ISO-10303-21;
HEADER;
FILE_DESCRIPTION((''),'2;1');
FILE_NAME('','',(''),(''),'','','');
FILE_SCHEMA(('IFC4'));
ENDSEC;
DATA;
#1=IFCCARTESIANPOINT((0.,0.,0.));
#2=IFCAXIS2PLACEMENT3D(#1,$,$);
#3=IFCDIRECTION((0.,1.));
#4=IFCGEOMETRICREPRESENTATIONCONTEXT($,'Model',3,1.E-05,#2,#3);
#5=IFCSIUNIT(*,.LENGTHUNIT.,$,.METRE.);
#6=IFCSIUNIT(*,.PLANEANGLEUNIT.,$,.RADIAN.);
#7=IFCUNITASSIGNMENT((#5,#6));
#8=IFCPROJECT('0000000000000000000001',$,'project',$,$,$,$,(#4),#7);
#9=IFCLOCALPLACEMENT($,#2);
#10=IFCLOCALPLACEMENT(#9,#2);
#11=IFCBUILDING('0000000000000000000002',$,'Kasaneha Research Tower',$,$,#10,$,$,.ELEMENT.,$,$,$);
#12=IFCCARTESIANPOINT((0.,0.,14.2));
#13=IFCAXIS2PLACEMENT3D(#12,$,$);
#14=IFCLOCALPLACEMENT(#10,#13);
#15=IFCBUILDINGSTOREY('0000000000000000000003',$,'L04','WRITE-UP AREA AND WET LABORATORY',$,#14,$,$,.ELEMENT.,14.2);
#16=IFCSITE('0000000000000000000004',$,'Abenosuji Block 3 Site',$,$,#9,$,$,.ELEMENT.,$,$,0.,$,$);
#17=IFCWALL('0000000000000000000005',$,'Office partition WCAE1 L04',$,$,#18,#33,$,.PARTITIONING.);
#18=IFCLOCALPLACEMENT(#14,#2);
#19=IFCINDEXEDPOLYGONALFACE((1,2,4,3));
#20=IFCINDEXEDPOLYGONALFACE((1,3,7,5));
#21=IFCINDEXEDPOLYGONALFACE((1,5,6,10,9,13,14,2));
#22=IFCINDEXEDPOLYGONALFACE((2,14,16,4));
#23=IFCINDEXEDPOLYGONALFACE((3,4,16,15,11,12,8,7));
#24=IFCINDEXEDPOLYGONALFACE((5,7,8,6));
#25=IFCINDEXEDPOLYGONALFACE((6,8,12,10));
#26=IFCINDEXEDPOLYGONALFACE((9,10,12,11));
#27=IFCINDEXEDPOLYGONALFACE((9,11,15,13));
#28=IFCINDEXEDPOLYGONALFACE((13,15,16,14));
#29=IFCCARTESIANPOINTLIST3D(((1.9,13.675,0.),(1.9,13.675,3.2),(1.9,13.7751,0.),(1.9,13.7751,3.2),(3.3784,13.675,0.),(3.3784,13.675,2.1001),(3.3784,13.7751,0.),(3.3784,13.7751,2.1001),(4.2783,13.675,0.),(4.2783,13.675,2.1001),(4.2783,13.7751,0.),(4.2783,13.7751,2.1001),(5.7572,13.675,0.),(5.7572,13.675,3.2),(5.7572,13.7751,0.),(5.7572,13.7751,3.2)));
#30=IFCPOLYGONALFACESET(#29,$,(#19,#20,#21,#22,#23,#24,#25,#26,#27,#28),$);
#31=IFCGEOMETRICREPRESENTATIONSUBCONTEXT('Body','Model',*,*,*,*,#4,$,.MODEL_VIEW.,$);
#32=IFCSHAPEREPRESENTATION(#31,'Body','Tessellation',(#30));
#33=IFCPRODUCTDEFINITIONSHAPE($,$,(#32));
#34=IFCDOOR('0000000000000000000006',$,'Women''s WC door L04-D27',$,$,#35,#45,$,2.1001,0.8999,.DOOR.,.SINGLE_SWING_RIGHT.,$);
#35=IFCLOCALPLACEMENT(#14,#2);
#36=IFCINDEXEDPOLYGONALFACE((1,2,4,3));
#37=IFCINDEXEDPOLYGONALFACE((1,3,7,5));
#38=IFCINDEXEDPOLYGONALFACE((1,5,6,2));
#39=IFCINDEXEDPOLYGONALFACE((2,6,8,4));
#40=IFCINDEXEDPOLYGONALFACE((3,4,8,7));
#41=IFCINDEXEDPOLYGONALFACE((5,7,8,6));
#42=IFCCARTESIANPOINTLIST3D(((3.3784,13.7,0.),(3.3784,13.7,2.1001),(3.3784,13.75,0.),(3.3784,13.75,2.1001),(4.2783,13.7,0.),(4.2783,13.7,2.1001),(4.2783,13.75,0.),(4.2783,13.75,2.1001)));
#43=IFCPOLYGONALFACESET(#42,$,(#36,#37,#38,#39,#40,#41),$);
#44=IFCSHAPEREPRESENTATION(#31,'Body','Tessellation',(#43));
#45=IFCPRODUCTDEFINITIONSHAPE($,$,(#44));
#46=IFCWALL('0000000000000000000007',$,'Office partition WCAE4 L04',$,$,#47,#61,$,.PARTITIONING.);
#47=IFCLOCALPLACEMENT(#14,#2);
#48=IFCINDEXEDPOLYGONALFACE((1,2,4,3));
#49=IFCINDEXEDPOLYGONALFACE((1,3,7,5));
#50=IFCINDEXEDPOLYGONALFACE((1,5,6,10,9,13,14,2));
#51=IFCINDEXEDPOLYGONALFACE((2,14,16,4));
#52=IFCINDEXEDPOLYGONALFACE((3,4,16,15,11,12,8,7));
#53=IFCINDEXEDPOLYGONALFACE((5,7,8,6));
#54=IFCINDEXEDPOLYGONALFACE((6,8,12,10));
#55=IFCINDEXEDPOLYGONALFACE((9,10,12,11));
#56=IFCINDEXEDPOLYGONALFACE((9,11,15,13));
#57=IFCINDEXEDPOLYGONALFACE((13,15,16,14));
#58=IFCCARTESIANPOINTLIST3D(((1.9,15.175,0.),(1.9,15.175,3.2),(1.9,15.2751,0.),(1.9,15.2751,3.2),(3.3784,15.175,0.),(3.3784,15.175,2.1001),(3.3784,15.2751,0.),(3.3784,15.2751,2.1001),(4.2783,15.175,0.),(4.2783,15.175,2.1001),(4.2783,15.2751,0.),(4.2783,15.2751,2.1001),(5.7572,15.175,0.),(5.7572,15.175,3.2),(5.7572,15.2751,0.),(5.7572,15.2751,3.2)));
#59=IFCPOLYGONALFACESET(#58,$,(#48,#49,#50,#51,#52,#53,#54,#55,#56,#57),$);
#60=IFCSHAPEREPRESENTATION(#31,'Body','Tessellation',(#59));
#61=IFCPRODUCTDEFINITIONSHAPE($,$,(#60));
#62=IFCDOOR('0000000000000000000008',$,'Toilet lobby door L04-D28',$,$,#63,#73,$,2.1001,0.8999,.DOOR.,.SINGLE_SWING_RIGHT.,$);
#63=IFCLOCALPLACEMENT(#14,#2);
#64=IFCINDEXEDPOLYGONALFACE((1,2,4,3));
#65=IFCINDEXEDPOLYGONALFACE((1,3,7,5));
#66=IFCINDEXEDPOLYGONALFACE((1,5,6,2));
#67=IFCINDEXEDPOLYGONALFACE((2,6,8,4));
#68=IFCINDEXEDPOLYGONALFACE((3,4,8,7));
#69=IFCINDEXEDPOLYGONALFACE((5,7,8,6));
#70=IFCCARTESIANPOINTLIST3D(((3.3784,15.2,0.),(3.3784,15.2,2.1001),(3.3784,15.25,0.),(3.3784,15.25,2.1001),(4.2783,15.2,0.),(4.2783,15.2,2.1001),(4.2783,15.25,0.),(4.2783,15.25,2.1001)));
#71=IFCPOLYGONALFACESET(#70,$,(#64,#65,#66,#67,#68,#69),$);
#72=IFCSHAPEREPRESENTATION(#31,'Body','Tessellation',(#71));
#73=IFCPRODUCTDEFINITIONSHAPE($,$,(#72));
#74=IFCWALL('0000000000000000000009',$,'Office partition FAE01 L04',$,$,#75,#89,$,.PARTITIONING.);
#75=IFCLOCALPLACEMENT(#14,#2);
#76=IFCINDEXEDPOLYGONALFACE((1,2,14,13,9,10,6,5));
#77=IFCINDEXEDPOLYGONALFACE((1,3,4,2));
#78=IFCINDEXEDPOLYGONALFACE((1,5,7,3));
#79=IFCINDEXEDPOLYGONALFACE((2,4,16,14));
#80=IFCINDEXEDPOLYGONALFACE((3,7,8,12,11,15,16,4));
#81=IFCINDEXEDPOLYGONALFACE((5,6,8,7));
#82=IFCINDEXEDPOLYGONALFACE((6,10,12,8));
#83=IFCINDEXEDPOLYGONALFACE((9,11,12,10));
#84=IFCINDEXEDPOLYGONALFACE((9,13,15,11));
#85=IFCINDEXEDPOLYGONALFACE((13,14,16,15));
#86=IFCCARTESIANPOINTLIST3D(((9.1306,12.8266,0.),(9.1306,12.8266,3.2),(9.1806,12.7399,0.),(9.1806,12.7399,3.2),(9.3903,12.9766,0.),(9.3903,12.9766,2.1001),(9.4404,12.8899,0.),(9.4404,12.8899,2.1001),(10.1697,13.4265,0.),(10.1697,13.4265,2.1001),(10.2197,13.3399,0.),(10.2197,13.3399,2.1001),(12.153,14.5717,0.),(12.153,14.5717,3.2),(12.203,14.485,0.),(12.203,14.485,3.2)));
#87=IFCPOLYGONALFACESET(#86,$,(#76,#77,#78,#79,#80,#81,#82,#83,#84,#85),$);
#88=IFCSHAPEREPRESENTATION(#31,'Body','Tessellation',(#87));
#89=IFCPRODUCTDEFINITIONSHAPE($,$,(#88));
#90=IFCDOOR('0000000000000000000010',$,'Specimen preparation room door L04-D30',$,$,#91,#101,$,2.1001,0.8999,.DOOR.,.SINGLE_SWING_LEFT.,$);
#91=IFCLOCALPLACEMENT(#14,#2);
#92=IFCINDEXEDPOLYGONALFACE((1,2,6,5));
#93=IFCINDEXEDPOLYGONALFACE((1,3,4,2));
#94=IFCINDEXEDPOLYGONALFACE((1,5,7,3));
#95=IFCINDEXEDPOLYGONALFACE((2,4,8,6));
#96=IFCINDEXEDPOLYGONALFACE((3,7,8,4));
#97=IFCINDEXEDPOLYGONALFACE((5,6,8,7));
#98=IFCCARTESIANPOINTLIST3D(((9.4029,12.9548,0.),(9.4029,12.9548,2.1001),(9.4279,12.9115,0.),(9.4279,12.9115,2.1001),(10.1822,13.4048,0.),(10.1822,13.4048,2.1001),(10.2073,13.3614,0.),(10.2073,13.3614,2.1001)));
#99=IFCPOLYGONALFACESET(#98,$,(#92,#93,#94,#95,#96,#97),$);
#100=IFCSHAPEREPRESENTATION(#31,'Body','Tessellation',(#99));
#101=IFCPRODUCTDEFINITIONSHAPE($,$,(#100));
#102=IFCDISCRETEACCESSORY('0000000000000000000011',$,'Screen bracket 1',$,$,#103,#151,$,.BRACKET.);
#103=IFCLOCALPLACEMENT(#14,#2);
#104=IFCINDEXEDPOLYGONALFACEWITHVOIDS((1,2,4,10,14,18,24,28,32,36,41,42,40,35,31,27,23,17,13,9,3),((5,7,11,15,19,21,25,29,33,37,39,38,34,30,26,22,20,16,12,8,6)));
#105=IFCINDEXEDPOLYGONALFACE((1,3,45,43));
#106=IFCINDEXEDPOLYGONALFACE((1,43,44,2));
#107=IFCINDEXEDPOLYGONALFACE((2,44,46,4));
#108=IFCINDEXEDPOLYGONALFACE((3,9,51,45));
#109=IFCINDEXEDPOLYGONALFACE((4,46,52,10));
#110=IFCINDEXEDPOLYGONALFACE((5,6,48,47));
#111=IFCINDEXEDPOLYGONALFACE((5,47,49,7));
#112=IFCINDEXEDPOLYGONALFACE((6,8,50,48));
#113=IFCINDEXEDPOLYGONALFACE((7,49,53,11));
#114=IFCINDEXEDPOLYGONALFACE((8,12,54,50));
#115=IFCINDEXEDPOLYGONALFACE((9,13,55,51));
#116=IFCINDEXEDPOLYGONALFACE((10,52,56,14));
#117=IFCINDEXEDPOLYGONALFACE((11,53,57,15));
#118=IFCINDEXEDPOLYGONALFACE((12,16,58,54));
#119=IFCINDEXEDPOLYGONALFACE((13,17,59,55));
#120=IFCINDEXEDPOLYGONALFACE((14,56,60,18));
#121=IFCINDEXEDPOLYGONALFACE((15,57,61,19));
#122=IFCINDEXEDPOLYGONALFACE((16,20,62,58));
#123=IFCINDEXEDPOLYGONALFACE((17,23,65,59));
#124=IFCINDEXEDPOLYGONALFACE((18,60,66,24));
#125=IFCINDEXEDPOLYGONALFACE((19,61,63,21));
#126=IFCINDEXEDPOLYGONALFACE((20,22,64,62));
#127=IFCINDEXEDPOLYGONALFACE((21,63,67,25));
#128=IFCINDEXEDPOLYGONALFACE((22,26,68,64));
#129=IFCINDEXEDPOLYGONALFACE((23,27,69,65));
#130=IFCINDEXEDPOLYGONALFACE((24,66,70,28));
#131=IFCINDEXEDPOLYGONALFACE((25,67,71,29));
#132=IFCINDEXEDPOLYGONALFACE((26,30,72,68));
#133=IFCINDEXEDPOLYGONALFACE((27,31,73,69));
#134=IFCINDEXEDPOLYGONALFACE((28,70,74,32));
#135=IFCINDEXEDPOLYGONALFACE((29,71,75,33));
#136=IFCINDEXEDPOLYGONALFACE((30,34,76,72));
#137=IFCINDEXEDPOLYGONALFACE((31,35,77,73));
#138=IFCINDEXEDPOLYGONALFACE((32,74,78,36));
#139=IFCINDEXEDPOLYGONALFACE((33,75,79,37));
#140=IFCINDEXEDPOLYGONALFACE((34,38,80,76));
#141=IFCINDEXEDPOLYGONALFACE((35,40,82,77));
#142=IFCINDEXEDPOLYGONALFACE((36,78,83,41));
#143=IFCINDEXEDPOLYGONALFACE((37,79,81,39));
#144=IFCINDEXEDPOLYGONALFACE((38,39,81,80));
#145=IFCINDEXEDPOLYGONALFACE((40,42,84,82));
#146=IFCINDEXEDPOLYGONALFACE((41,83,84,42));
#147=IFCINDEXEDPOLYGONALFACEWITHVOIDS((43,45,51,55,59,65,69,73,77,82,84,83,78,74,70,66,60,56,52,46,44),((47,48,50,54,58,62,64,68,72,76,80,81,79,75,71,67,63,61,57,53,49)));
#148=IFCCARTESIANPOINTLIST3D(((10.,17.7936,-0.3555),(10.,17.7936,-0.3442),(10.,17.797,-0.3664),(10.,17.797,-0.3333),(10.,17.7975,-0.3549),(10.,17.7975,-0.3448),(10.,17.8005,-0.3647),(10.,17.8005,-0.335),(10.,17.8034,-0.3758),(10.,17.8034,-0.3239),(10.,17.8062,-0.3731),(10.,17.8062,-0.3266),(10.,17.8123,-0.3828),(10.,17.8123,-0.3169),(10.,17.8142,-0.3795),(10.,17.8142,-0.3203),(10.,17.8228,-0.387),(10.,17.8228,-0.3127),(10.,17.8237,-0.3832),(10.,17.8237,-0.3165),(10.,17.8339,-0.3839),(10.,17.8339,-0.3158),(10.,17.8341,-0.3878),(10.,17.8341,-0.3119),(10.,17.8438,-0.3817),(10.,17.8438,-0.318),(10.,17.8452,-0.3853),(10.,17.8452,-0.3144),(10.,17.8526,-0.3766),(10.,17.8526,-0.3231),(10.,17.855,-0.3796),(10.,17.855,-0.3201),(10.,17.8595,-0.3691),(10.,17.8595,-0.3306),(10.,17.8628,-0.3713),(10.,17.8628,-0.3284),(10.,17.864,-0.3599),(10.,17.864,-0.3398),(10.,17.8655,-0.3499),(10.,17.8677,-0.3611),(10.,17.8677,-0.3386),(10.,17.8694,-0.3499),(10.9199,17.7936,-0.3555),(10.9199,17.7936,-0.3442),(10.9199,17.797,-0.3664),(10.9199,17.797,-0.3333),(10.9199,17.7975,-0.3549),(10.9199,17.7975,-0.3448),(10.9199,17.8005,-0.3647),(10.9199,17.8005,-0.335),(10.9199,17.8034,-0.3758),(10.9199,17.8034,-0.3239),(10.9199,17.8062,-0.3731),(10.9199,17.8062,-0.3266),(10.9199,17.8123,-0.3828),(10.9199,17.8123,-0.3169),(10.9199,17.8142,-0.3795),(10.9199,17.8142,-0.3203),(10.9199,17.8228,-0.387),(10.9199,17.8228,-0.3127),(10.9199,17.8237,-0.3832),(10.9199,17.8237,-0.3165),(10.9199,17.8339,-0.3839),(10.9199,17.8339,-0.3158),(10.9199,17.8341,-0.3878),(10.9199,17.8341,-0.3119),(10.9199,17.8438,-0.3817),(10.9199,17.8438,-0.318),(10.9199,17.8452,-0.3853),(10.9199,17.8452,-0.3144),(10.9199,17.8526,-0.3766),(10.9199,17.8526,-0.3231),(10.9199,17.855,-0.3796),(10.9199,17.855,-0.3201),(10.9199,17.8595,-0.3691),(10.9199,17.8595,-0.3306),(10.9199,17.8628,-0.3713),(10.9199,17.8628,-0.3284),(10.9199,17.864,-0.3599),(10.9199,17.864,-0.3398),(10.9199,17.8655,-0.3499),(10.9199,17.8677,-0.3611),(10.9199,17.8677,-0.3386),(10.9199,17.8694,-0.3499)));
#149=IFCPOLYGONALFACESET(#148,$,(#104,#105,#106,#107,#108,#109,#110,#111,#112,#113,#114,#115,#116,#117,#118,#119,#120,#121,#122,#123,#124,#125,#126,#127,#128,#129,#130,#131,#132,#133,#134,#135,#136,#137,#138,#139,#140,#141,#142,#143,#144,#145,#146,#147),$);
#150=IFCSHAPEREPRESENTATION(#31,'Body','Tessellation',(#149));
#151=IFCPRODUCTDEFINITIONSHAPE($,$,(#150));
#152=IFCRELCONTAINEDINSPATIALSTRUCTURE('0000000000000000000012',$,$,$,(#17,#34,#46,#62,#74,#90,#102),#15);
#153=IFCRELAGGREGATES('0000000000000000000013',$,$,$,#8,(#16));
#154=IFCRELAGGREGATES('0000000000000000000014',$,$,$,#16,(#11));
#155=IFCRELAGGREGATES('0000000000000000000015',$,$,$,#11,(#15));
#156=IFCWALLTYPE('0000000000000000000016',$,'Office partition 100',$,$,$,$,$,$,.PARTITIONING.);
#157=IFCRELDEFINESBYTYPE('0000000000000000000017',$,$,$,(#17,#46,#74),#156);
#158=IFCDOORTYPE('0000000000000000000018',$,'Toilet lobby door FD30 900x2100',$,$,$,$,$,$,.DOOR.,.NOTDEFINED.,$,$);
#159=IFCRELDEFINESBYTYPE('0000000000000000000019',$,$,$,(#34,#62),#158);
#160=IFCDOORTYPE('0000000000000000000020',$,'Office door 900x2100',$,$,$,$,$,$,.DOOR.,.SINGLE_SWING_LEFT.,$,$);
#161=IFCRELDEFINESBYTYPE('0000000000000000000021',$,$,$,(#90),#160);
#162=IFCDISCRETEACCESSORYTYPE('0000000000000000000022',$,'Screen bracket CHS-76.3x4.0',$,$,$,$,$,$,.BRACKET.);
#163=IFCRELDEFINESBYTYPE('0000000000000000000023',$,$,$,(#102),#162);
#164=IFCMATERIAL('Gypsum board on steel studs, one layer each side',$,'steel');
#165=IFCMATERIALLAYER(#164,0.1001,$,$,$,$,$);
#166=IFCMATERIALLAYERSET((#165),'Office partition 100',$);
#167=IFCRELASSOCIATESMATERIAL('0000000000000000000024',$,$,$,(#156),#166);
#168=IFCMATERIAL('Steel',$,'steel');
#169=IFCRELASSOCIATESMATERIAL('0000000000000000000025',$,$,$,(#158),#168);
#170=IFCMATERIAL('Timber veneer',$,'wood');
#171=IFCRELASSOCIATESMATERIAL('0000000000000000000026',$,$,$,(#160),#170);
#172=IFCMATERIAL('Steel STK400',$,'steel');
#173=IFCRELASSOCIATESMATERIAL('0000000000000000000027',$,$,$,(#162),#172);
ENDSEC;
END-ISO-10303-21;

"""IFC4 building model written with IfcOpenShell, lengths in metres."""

from ifc_helpers import new_model, si_unit, direction, frame, frame_2d, origin, origin_2d, place, context, subcontext, project, spatial, rectangle, hollow_circle, extrude, material, layer, layer_set, material_profile, profile_set, type_object, element, fill, save


model = new_model("IFC4")

# Units and contexts
model_context = context("Model", 3, precision=1e-05, world=origin(), true_north=direction((0.0, 1.0)))
body_context = subcontext(model_context, "Body", "Model", "MODEL_VIEW")
ifc_project = project(units=[si_unit("LENGTHUNIT", "METRE"), si_unit("PLANEANGLEUNIT", "RADIAN")], contexts=[model_context])

# Site, building, storey
site_placement = place(None, origin())
site = spatial("IfcSite", under=ifc_project, at=site_placement, Name="Abenosuji Block 3 Site", CompositionType="ELEMENT", RefElevation=0.0)
building_placement = place(site_placement, origin())
building = spatial("IfcBuilding", under=site, at=building_placement, Name="Kasaneha Research Tower", CompositionType="ELEMENT")
storey_placement = place(building_placement, frame((0.0, 0.0, 14.2)))
storey = spatial("IfcBuildingStorey", under=building, at=storey_placement, Name="L04", Description="WRITE-UP AREA AND WET LABORATORY", CompositionType="ELEMENT", Elevation=14.2)

# Walls, openings, doors
ifc_material_1 = material(Name="Gypsum board on steel studs, one layer each side", Category="steel")
ifc_layer_1 = layer(ifc_material_1, 0.1001)
ifc_layer_set_1 = layer_set([ifc_layer_1], Name="Office partition 100")
wall_type_1 = type_object("IfcWallType", Name="Office partition 100", PredefinedType="PARTITIONING", material=ifc_layer_set_1)
wall_1_placement = place(storey_placement, frame((1.8999, 13.7251, 0.0), z_axis=(0.0, 0.0, 1.0), x_axis=(1.0, 0.0, 0.0)))
wall_1 = element("IfcWall", 1, at=wall_1_placement, inside=storey, type_object=wall_type_1, Name="Office partition WCAE1 L04", PredefinedType="PARTITIONING", context=body_context, shape_type="SweptSolid", body=[
    extrude(rectangle(XDim=3.8572, YDim=0.1001, at=frame_2d((1.9287, 0.0))), origin(), (0.0, 0.0, 1.0), 3.2),
])
opening_1_placement = place(wall_1_placement, frame((1.4785, 0.0, 0.0)))
opening_1 = element("IfcOpeningElement", 2, at=opening_1_placement, cuts=wall_1, PredefinedType="OPENING", context=body_context, shape_type="SweptSolid", body=[
    extrude(rectangle(XDim=0.8999, YDim=2.1001, at=frame_2d((0.45, 1.05))), frame((0.0, 0.0601, 0.0), z_axis=(0.0, -1.0, 0.0), x_axis=(1.0, 0.0, 0.0)), (0.0, 0.0, 1.0), 0.1201),
])
ifc_material_2 = material(Name="Steel", Category="steel")
door_type_1 = type_object("IfcDoorType", Name="Toilet lobby door FD30 900x2100", OperationType="NOTDEFINED", PredefinedType="DOOR", material=ifc_material_2)
door_1_placement = place(opening_1_placement, origin())
door_1 = element("IfcDoor", 3, at=door_1_placement, inside=storey, type_object=door_type_1, Name="Women's WC door L04-D27", OperationType="SINGLE_SWING_RIGHT", OverallHeight=2.1001, OverallWidth=0.8999, PredefinedType="DOOR", context=body_context, shape_type="SweptSolid", body=[
    extrude(rectangle(XDim=0.8999, YDim=2.1001, at=frame_2d((0.45, 1.05))), frame((0.0, 0.0249, 0.0), z_axis=(0.0, -1.0, 0.0), x_axis=(1.0, 0.0, 0.0)), (0.0, 0.0, 1.0), 0.05),
])
fill(opening_1, door_1)
wall_2_placement = place(storey_placement, frame((1.8999, 15.2251, 0.0), z_axis=(0.0, 0.0, 1.0), x_axis=(1.0, 0.0, 0.0)))
wall_2 = element("IfcWall", 4, at=wall_2_placement, inside=storey, type_object=wall_type_1, Name="Office partition WCAE4 L04", PredefinedType="PARTITIONING", context=body_context, shape_type="SweptSolid", body=[
    extrude(rectangle(XDim=3.8572, YDim=0.1001, at=frame_2d((1.9287, 0.0))), origin(), (0.0, 0.0, 1.0), 3.2),
])
opening_2_placement = place(wall_2_placement, frame((1.4785, 0.0, 0.0)))
opening_2 = element("IfcOpeningElement", 5, at=opening_2_placement, cuts=wall_2, PredefinedType="OPENING", context=body_context, shape_type="SweptSolid", body=[
    extrude(rectangle(XDim=0.8999, YDim=2.1001, at=frame_2d((0.45, 1.05))), frame((0.0, 0.0601, 0.0), z_axis=(0.0, -1.0, 0.0), x_axis=(1.0, 0.0, 0.0)), (0.0, 0.0, 1.0), 0.1201),
])
door_2_placement = place(opening_2_placement, origin())
door_2 = element("IfcDoor", 6, at=door_2_placement, inside=storey, type_object=door_type_1, Name="Toilet lobby door L04-D28", OperationType="SINGLE_SWING_RIGHT", OverallHeight=2.1001, OverallWidth=0.8999, PredefinedType="DOOR", context=body_context, shape_type="SweptSolid", body=[
    extrude(rectangle(XDim=0.8999, YDim=2.1001, at=frame_2d((0.45, 1.05))), frame((0.0, 0.0249, 0.0), z_axis=(0.0, -1.0, 0.0), x_axis=(1.0, 0.0, 0.0)), (0.0, 0.0, 1.0), 0.05),
])
fill(opening_2, door_2)
wall_3_placement = place(storey_placement, frame((9.1555, 12.7832, 0.0), z_axis=(0.0, 0.0, 1.0), x_axis=(0.866013, 0.500021, 0.0)))
wall_3 = element("IfcWall", 7, at=wall_3_placement, inside=storey, type_object=wall_type_1, Name="Office partition FAE01 L04", PredefinedType="PARTITIONING", context=body_context, shape_type="SweptSolid", body=[
    extrude(rectangle(XDim=3.49, YDim=0.1001, at=frame_2d((1.7451, 0.0))), origin(), (0.0, 0.0, 1.0), 3.2),
])
opening_3_placement = place(wall_3_placement, frame((0.3, 0.0, 0.0)))
opening_3 = element("IfcOpeningElement", 8, at=opening_3_placement, cuts=wall_3, PredefinedType="OPENING", context=body_context, shape_type="SweptSolid", body=[
    extrude(rectangle(XDim=0.8999, YDim=2.1001, at=frame_2d((0.45, 1.05))), frame((0.0, 0.0601, 0.0), z_axis=(0.0, -1.0, 0.0), x_axis=(1.0, 0.0, 0.0)), (0.0, 0.0, 1.0), 0.1201),
])
ifc_material_3 = material(Name="Timber veneer", Category="wood")
door_type_2 = type_object("IfcDoorType", Name="Office door 900x2100", OperationType="SINGLE_SWING_LEFT", PredefinedType="DOOR", material=ifc_material_3)
door_3_placement = place(opening_3_placement, origin())
door_3 = element("IfcDoor", 9, at=door_3_placement, inside=storey, type_object=door_type_2, Name="Specimen preparation room door L04-D30", OperationType="SINGLE_SWING_LEFT", OverallHeight=2.1001, OverallWidth=0.8999, PredefinedType="DOOR", context=body_context, shape_type="SweptSolid", body=[
    extrude(rectangle(XDim=0.8999, YDim=2.1001, at=frame_2d((0.45, 1.05))), frame((0.0, 0.0249, 0.0), z_axis=(0.0, -1.0, 0.0), x_axis=(1.0, 0.0, 0.0)), (0.0, 0.0, 1.0), 0.05),
])
fill(opening_3, door_3)

# Discrete accessory
ifc_material_4 = material(Name="Steel STK400", Category="steel")
ifc_material_profile_1 = material_profile(ifc_material_4, hollow_circle(Radius=0.0381, WallThickness=0.0039, at=origin_2d()), Name="CHS-76.3x4.0")
ifc_profile_set_1 = profile_set([ifc_material_profile_1], Name="Steel STK400")
discrete_accessory_type = type_object("IfcDiscreteAccessoryType", Name="Screen bracket CHS-76.3x4.0", PredefinedType="BRACKET", material=ifc_profile_set_1)
for number, where, z_axis, x_axis, name in (
    (10, (10.0, 17.8313, -0.3499), (1.0, 0.0, 0.0), (0.0, 1.0, 0.0), "Screen bracket 1"),
):
    element("IfcDiscreteAccessory", number, at=place(storey_placement, frame(where, z_axis=z_axis, x_axis=x_axis)), inside=storey, type_object=discrete_accessory_type, Name=name, PredefinedType="BRACKET", context=body_context, shape_type="SweptSolid", body=[
        extrude(hollow_circle(Radius=0.0381, WallThickness=0.0039, at=origin_2d()), origin(), (0.0, 0.0, 1.0), 0.9199),
    ])

save(model, "model.ifc")
